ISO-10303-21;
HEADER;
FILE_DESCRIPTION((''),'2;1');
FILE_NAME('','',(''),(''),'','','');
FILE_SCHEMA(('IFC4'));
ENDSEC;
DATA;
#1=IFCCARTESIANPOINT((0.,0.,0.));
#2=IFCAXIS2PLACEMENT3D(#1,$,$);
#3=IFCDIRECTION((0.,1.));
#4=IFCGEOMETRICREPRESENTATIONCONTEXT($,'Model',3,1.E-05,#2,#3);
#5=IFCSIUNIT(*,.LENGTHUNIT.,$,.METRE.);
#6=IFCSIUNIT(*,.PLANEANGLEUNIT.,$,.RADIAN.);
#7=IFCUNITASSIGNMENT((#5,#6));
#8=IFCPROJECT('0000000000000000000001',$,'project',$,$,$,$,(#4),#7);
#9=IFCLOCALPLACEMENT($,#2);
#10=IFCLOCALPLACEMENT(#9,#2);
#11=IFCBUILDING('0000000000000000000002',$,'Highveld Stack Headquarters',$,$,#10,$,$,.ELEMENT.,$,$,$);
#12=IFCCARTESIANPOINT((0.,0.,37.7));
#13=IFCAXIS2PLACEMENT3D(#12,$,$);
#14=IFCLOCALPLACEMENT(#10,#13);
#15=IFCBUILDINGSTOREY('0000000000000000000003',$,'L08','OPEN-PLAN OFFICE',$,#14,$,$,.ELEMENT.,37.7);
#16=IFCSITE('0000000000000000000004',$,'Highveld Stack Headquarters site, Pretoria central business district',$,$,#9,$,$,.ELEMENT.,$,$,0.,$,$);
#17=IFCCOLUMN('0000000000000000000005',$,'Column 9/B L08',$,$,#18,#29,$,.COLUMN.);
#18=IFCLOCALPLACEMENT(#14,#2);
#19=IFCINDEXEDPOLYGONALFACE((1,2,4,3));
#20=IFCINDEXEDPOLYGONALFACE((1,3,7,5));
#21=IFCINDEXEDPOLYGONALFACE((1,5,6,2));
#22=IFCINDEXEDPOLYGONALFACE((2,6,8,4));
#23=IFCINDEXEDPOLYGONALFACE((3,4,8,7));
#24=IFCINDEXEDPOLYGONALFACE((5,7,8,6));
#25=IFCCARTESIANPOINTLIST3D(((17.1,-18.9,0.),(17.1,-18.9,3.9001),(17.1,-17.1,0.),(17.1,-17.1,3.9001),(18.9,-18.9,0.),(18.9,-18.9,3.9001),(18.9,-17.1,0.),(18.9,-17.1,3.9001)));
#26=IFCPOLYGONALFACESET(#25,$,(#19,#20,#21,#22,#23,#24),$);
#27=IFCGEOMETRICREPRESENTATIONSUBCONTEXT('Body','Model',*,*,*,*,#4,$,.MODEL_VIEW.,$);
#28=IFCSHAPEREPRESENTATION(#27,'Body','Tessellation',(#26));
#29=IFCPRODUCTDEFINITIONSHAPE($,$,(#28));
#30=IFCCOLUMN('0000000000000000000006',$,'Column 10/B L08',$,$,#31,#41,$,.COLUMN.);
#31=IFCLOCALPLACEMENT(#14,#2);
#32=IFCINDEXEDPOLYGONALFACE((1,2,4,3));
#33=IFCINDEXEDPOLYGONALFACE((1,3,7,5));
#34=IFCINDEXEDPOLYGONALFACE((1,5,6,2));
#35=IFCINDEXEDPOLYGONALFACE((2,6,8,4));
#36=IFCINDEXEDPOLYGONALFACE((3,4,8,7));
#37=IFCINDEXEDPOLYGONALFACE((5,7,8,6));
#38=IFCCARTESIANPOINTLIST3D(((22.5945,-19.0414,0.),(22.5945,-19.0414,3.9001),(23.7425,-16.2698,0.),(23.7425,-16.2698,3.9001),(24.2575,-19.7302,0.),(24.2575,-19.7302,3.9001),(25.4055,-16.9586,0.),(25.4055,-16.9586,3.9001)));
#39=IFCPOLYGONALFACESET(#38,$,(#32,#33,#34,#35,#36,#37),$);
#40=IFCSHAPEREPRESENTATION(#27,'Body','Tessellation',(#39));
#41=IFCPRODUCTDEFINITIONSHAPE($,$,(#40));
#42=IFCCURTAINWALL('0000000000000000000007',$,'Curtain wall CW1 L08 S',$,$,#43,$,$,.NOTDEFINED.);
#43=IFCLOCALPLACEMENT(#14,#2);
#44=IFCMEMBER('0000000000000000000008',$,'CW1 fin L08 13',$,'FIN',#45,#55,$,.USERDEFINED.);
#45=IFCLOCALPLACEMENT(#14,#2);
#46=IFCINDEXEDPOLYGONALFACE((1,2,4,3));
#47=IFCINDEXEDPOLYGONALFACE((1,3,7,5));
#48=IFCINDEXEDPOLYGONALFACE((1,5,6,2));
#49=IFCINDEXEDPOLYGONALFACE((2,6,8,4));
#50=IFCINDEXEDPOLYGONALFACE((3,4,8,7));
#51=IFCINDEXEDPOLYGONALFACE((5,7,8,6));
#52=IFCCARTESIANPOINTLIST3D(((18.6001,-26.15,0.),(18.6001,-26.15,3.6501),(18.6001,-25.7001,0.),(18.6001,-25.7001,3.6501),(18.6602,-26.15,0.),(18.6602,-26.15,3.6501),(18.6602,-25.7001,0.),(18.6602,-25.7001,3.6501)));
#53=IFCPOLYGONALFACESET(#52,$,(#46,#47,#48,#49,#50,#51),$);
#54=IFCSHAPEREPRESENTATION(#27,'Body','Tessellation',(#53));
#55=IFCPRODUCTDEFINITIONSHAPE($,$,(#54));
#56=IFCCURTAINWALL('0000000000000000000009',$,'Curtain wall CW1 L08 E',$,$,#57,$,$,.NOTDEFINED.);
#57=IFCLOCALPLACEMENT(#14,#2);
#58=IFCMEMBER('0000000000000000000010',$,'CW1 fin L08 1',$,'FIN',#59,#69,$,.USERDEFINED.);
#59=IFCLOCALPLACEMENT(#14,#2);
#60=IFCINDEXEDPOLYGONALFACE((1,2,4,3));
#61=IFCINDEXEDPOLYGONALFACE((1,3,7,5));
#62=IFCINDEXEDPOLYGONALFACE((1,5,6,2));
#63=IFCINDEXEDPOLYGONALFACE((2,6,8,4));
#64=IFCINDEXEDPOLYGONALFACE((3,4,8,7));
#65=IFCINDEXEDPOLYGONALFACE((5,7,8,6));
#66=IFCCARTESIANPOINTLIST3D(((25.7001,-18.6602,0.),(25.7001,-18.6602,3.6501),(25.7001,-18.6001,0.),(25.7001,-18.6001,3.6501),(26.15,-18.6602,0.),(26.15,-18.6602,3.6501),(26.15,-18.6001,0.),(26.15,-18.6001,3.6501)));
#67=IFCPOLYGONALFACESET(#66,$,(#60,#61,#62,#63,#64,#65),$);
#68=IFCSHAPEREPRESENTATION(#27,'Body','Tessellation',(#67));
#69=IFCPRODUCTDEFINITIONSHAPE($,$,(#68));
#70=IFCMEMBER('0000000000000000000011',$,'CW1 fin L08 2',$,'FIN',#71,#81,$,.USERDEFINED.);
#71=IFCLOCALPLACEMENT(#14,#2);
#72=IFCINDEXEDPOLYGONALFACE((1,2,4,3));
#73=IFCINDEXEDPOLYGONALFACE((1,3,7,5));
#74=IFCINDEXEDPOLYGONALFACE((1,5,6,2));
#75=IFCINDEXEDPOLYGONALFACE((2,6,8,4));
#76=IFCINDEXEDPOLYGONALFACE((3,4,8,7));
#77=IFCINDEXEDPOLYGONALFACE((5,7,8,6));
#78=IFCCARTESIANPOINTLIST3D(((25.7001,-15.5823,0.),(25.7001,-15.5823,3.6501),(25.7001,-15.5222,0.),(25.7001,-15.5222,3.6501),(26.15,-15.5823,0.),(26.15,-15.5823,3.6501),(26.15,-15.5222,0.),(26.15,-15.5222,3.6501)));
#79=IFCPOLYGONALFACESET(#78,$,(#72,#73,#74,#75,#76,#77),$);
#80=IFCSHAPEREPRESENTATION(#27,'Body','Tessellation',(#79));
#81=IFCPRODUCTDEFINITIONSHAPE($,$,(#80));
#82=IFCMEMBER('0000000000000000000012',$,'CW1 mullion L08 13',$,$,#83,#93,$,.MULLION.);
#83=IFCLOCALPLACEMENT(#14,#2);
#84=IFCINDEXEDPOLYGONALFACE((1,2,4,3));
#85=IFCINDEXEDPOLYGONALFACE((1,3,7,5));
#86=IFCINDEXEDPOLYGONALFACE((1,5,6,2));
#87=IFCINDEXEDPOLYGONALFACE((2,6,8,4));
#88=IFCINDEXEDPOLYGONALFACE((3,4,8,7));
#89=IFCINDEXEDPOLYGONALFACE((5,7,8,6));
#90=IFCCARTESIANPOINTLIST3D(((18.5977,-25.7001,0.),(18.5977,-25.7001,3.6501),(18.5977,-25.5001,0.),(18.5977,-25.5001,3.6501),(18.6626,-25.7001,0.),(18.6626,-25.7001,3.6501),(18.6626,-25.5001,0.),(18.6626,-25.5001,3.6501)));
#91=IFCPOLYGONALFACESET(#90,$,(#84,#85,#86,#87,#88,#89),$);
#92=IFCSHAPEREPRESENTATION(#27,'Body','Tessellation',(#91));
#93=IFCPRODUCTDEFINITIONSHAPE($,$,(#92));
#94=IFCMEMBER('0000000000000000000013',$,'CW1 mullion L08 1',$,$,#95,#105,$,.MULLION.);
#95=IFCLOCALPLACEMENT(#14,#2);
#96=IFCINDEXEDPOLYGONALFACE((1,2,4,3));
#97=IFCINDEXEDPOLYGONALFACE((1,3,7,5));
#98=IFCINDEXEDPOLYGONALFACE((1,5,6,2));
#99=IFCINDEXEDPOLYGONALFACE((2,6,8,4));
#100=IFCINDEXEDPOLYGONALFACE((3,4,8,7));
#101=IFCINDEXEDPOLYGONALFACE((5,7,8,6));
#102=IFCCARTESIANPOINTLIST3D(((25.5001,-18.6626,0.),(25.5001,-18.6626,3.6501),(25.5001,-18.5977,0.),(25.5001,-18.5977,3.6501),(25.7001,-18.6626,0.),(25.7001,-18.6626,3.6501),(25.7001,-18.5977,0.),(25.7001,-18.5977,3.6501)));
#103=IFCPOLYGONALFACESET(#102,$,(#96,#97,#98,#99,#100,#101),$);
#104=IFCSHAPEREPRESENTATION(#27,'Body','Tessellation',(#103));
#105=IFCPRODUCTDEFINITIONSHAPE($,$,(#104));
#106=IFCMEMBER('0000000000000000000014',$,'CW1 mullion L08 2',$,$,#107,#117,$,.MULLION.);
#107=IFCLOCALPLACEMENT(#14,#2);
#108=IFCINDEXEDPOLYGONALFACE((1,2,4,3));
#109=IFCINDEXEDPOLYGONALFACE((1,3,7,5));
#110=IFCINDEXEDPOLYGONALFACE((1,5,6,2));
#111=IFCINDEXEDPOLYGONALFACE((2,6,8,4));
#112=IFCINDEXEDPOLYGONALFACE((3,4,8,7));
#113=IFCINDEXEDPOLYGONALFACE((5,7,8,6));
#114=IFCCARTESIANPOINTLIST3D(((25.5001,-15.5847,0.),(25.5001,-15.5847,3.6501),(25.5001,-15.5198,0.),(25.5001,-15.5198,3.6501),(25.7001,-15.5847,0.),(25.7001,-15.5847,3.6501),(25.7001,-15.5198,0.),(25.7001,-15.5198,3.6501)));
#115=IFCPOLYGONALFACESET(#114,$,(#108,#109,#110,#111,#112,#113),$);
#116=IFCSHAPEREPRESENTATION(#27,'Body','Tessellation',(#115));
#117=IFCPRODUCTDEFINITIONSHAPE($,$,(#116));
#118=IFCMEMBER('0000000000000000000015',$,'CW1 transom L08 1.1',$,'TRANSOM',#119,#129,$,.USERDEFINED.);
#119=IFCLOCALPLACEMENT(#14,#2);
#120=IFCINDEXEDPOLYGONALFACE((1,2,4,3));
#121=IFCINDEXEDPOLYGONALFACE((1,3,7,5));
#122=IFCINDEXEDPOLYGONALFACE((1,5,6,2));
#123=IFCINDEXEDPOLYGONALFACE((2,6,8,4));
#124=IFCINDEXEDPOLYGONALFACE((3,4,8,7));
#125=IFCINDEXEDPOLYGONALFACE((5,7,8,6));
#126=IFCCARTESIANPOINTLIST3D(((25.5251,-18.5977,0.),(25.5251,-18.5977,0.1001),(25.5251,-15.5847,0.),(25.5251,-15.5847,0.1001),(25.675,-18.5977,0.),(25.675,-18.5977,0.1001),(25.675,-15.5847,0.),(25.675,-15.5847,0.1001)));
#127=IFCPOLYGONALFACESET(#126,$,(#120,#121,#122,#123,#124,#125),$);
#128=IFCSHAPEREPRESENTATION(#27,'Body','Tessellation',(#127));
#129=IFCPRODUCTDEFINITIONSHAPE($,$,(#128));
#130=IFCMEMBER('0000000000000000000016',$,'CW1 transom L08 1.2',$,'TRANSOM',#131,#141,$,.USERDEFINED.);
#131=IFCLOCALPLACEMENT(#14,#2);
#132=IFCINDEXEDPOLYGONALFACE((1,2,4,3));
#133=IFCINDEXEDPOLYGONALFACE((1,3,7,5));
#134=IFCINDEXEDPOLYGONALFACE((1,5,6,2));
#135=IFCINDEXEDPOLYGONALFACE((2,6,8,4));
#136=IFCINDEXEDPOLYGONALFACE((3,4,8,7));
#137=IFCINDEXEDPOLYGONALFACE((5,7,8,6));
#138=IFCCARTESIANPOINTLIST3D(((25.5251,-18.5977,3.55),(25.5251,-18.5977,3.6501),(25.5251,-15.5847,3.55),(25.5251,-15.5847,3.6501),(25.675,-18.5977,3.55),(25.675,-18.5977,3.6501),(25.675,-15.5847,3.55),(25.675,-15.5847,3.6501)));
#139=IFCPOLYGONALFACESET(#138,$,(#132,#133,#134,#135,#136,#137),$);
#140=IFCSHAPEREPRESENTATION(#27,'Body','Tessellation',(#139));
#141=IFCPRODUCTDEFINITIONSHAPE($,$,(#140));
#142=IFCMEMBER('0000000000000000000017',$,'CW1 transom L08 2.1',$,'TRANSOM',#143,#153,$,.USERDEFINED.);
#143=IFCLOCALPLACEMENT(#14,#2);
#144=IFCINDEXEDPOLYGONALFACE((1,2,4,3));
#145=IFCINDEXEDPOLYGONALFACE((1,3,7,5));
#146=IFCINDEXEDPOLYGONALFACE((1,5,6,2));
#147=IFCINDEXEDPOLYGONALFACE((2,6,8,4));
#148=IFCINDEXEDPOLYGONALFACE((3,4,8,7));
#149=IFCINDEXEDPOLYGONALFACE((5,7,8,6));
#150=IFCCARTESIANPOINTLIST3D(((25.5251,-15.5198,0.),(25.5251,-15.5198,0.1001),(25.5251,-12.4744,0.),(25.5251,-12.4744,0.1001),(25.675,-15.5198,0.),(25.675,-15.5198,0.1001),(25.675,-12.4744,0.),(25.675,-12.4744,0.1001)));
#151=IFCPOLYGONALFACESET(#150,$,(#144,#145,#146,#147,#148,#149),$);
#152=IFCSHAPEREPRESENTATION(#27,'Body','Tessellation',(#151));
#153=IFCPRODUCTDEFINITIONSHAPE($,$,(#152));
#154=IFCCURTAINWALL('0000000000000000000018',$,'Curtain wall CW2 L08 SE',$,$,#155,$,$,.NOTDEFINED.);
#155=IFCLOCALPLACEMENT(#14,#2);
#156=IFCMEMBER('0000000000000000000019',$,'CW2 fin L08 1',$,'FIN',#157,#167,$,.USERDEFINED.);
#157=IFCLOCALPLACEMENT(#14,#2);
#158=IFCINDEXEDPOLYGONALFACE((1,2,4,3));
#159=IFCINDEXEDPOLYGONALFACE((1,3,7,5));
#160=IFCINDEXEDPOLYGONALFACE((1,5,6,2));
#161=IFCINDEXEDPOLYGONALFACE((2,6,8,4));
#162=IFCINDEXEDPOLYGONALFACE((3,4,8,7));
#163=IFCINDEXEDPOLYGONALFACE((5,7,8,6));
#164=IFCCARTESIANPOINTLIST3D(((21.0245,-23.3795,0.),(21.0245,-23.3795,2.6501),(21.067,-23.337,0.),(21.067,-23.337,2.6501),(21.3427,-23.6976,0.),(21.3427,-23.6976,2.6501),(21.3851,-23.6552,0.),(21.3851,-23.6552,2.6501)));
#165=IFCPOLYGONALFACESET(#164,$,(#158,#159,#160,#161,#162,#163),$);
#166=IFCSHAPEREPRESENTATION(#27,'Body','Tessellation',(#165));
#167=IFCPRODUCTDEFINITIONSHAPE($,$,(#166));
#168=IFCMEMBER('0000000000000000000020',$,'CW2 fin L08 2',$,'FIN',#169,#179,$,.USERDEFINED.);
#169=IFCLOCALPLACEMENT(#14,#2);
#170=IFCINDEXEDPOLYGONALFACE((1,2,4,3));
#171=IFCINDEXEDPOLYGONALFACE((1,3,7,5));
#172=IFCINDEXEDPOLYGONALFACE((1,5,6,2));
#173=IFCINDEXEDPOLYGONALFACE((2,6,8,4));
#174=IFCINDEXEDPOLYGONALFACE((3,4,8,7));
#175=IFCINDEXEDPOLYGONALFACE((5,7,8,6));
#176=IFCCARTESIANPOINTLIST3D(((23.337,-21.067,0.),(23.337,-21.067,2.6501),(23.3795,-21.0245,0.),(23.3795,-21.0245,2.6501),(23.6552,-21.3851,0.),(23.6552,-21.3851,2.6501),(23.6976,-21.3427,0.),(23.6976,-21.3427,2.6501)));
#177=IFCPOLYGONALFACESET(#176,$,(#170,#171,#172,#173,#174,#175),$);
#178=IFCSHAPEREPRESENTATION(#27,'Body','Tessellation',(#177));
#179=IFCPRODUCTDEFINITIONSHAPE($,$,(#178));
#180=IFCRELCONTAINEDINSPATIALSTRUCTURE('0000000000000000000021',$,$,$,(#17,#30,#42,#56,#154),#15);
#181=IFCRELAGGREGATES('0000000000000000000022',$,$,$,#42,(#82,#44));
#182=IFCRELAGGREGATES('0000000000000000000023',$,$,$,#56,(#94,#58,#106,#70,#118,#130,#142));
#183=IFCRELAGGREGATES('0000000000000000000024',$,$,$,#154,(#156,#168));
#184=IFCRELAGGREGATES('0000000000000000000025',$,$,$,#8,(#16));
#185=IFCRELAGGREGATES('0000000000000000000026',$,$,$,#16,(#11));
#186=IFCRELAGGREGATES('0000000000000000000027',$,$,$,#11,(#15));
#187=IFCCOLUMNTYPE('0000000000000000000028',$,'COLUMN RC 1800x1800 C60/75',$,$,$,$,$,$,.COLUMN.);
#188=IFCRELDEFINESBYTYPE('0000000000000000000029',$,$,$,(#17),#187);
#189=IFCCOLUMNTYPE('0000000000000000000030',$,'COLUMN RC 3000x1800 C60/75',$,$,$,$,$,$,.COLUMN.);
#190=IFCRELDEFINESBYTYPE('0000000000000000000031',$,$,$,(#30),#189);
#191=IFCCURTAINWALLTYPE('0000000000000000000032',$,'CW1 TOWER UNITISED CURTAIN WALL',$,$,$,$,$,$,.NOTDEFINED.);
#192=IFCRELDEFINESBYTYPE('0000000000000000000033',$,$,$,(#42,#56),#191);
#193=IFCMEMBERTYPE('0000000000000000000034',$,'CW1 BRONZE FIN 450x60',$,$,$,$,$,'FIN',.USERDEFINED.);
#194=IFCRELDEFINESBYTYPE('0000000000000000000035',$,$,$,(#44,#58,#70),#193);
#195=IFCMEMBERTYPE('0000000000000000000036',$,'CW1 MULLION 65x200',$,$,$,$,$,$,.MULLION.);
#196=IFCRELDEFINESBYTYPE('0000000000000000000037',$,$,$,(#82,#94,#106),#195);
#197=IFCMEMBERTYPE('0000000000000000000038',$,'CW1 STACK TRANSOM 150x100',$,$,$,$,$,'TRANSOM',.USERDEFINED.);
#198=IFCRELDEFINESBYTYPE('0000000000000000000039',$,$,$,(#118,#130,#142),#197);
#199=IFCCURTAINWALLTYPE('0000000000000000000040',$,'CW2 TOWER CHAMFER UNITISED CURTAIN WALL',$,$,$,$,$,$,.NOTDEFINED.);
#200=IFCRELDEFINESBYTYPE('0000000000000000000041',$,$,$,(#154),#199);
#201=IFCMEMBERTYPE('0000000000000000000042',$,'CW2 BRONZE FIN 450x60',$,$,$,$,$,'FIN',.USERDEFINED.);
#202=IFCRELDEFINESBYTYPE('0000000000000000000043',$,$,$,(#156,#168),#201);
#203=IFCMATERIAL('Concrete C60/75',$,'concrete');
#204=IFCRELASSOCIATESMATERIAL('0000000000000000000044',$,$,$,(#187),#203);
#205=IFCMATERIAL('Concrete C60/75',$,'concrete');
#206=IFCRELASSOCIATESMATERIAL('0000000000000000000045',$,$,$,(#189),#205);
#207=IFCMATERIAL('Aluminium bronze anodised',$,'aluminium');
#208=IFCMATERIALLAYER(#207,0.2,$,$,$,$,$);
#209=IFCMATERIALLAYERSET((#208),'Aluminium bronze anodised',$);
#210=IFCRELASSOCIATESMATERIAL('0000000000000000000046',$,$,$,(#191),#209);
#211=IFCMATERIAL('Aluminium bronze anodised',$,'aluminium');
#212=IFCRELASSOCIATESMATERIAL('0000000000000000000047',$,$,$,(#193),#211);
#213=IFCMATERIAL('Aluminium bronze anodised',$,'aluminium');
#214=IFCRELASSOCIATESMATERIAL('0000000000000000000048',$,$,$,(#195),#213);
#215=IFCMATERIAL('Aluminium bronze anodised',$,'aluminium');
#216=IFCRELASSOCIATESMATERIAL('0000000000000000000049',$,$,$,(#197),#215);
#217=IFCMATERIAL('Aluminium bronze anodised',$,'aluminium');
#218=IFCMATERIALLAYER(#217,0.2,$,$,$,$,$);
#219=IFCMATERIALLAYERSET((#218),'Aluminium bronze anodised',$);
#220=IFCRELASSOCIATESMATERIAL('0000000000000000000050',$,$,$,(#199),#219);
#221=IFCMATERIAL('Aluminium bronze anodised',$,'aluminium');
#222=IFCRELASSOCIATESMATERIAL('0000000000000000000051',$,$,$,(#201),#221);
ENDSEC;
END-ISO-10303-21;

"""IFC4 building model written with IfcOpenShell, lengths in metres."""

from ifc_helpers import new_model, si_unit, direction, frame, origin, origin_2d, place, context, subcontext, project, spatial, rectangle, extrude, material, layer, layer_set, material_profile, profile_set, type_object, element, aggregate, save


model = new_model("IFC4")

# Units and contexts
model_context = context("Model", 3, precision=1e-05, world=origin(), true_north=direction((0.0, 1.0)))
body_context = subcontext(model_context, "Body", "Model", "MODEL_VIEW")
ifc_project = project(units=[si_unit("LENGTHUNIT", "METRE"), si_unit("PLANEANGLEUNIT", "RADIAN")], contexts=[model_context])

# Site, building, storey
site_placement = place(None, origin())
site = spatial("IfcSite", under=ifc_project, at=site_placement, Name="Highveld Stack Headquarters site, Pretoria central business district", CompositionType="ELEMENT", RefElevation=0.0)
building_placement = place(site_placement, origin())
building = spatial("IfcBuilding", under=site, at=building_placement, Name="Highveld Stack Headquarters", CompositionType="ELEMENT")
storey_placement = place(building_placement, frame((0.0, 0.0, 37.7)))
storey = spatial("IfcBuildingStorey", under=building, at=storey_placement, Name="L08", Description="OPEN-PLAN OFFICE", CompositionType="ELEMENT", Elevation=37.7)

# Columns
ifc_material_1 = material(Name="Concrete C60/75", Category="concrete")
ifc_material_profile_1 = material_profile(ifc_material_1, rectangle(XDim=1.8, YDim=1.8, at=origin_2d()), Name="RC 1800x1800")
ifc_profile_set_1 = profile_set([ifc_material_profile_1], Name="Concrete C60/75")
column_type_1 = type_object("IfcColumnType", Name="COLUMN RC 1800x1800 C60/75", PredefinedType="COLUMN", material=ifc_profile_set_1)
column_1_placement = place(storey_placement, frame((18.0, -18.0, 0.0), z_axis=(0.0, 0.0, 1.0), x_axis=(1.0, 0.0, 0.0)))
element("IfcColumn", 1, at=column_1_placement, inside=storey, type_object=column_type_1, Name="Column 9/B L08", PredefinedType="COLUMN", context=body_context, shape_type="SweptSolid", body=[
    extrude(rectangle(XDim=1.8, YDim=1.8, at=origin_2d()), origin(), (0.0, 0.0, 1.0), 3.9001),
])
ifc_material_2 = material(Name="Concrete C60/75", Category="concrete")
ifc_material_profile_2 = material_profile(ifc_material_2, rectangle(XDim=3.0, YDim=1.8, at=origin_2d()), Name="RC 3000x1800")
ifc_profile_set_2 = profile_set([ifc_material_profile_2], Name="Concrete C60/75")
column_type_2 = type_object("IfcColumnType", Name="COLUMN RC 3000x1800 C60/75", PredefinedType="COLUMN", material=ifc_profile_set_2)
column_2_placement = place(storey_placement, frame((24.0, -18.0, 0.0), z_axis=(0.0, 0.0, 1.0), x_axis=(-0.382683, -0.92388, 0.0)))
element("IfcColumn", 2, at=column_2_placement, inside=storey, type_object=column_type_2, Name="Column 10/B L08", PredefinedType="COLUMN", context=body_context, shape_type="SweptSolid", body=[
    extrude(rectangle(XDim=3.0, YDim=1.8, at=origin_2d()), origin(), (0.0, 0.0, 1.0), 3.9001),
])

# Curtain wall, member
ifc_material_3 = material(Name="Aluminium bronze anodised", Category="aluminium")
ifc_layer_1 = layer(ifc_material_3, 0.2)
ifc_layer_set_1 = layer_set([ifc_layer_1], Name="Aluminium bronze anodised")
curtain_wall_type_1 = type_object("IfcCurtainWallType", Name="CW1 TOWER UNITISED CURTAIN WALL", PredefinedType="NOTDEFINED", material=ifc_layer_set_1)
curtain_wall_1_placement = place(storey_placement, origin())
curtain_wall_1 = element("IfcCurtainWall", 3, at=curtain_wall_1_placement, inside=storey, type_object=curtain_wall_type_1, Name="Curtain wall CW1 L08 S", PredefinedType="NOTDEFINED")
ifc_material_4 = material(Name="Aluminium bronze anodised", Category="aluminium")
ifc_material_profile_3 = material_profile(ifc_material_4, rectangle(XDim=0.45, YDim=0.0601, at=origin_2d()), Name="FIN 450x60")
ifc_profile_set_3 = profile_set([ifc_material_profile_3], Name="Aluminium bronze anodised")
member_type_1 = type_object("IfcMemberType", Name="CW1 BRONZE FIN 450x60", ElementType="FIN", PredefinedType="USERDEFINED", material=ifc_profile_set_3)
member_1_placement = place(storey_placement, frame((18.6301, -25.925, 0.0), z_axis=(0.0, 0.0, 1.0), x_axis=(0.0, 1.0, 0.0)))
member_1 = element("IfcMember", 4, at=member_1_placement, type_object=member_type_1, Name="CW1 fin L08 13", ObjectType="FIN", PredefinedType="USERDEFINED", context=body_context, shape_type="SweptSolid", body=[
    extrude(rectangle(XDim=0.45, YDim=0.0601, at=origin_2d()), origin(), (0.0, 0.0, 1.0), 3.6501),
])

# Curtain wall, members
curtain_wall_2_placement = place(storey_placement, origin())
curtain_wall_2 = element("IfcCurtainWall", 5, at=curtain_wall_2_placement, inside=storey, type_object=curtain_wall_type_1, Name="Curtain wall CW1 L08 E", PredefinedType="NOTDEFINED")
member_2_placement = place(storey_placement, frame((25.925, -18.6301, 0.0), z_axis=(0.0, 0.0, 1.0), x_axis=(-1.0, 0.0, 0.0)))
member_2 = element("IfcMember", 6, at=member_2_placement, type_object=member_type_1, Name="CW1 fin L08 1", ObjectType="FIN", PredefinedType="USERDEFINED", context=body_context, shape_type="SweptSolid", body=[
    extrude(rectangle(XDim=0.45, YDim=0.0601, at=origin_2d()), origin(), (0.0, 0.0, 1.0), 3.6501),
])
member_3_placement = place(storey_placement, frame((25.925, -15.5522, 0.0), z_axis=(0.0, 0.0, 1.0), x_axis=(-1.0, 0.0, 0.0)))
member_3 = element("IfcMember", 7, at=member_3_placement, type_object=member_type_1, Name="CW1 fin L08 2", ObjectType="FIN", PredefinedType="USERDEFINED", context=body_context, shape_type="SweptSolid", body=[
    extrude(rectangle(XDim=0.45, YDim=0.0601, at=origin_2d()), origin(), (0.0, 0.0, 1.0), 3.6501),
])

# Members
ifc_material_5 = material(Name="Aluminium bronze anodised", Category="aluminium")
ifc_material_profile_4 = material_profile(ifc_material_5, rectangle(XDim=0.2, YDim=0.0649, at=origin_2d()), Name="CW1 MULLION 65x200")
ifc_profile_set_4 = profile_set([ifc_material_profile_4], Name="Aluminium bronze anodised")
member_type_2 = type_object("IfcMemberType", Name="CW1 MULLION 65x200", PredefinedType="MULLION", material=ifc_profile_set_4)
member_4_placement = place(storey_placement, frame((18.6301, -25.6001, 0.0), z_axis=(0.0, 0.0, 1.0), x_axis=(0.0, 1.0, 0.0)))
member_4 = element("IfcMember", 8, at=member_4_placement, type_object=member_type_2, Name="CW1 mullion L08 13", PredefinedType="MULLION", context=body_context, shape_type="SweptSolid", body=[
    extrude(rectangle(XDim=0.2, YDim=0.0649, at=origin_2d()), origin(), (0.0, 0.0, 1.0), 3.6501),
])
aggregate(curtain_wall_1, [member_4, member_1])
member_5_placement = place(storey_placement, frame((25.6001, -18.6301, 0.0), z_axis=(0.0, 0.0, 1.0), x_axis=(-1.0, 0.0, 0.0)))
member_5 = element("IfcMember", 9, at=member_5_placement, type_object=member_type_2, Name="CW1 mullion L08 1", PredefinedType="MULLION", context=body_context, shape_type="SweptSolid", body=[
    extrude(rectangle(XDim=0.2, YDim=0.0649, at=origin_2d()), origin(), (0.0, 0.0, 1.0), 3.6501),
])
member_6_placement = place(storey_placement, frame((25.6001, -15.5522, 0.0), z_axis=(0.0, 0.0, 1.0), x_axis=(-1.0, 0.0, 0.0)))
member_6 = element("IfcMember", 10, at=member_6_placement, type_object=member_type_2, Name="CW1 mullion L08 2", PredefinedType="MULLION", context=body_context, shape_type="SweptSolid", body=[
    extrude(rectangle(XDim=0.2, YDim=0.0649, at=origin_2d()), origin(), (0.0, 0.0, 1.0), 3.6501),
])
ifc_material_6 = material(Name="Aluminium bronze anodised", Category="aluminium")
ifc_material_profile_5 = material_profile(ifc_material_6, rectangle(XDim=0.1499, YDim=0.1001, at=origin_2d()), Name="CW1 TRANSOM 150x100")
ifc_profile_set_5 = profile_set([ifc_material_profile_5], Name="Aluminium bronze anodised")
member_type_3 = type_object("IfcMemberType", Name="CW1 STACK TRANSOM 150x100", ElementType="TRANSOM", PredefinedType="USERDEFINED", material=ifc_profile_set_5)
member_7_placement = place(storey_placement, frame((25.6001, -18.5977, 0.05), z_axis=(0.0, 1.0, 0.0), x_axis=(-1.0, 0.0, 0.0)))
member_7 = element("IfcMember", 11, at=member_7_placement, type_object=member_type_3, Name="CW1 transom L08 1.1", ObjectType="TRANSOM", PredefinedType="USERDEFINED", context=body_context, shape_type="SweptSolid", body=[
    extrude(rectangle(XDim=0.1499, YDim=0.1001, at=origin_2d()), origin(), (0.0, 0.0, 1.0), 3.0129),
])
member_8_placement = place(storey_placement, frame((25.6001, -18.5977, 3.6001), z_axis=(0.0, 1.0, 0.0), x_axis=(-1.0, 0.0, 0.0)))
member_8 = element("IfcMember", 12, at=member_8_placement, type_object=member_type_3, Name="CW1 transom L08 1.2", ObjectType="TRANSOM", PredefinedType="USERDEFINED", context=body_context, shape_type="SweptSolid", body=[
    extrude(rectangle(XDim=0.1499, YDim=0.1001, at=origin_2d()), origin(), (0.0, 0.0, 1.0), 3.0129),
])
member_9_placement = place(storey_placement, frame((25.6001, -15.5198, 0.05), z_axis=(0.0, 1.0, 0.0), x_axis=(-1.0, 0.0, 0.0)))
member_9 = element("IfcMember", 13, at=member_9_placement, type_object=member_type_3, Name="CW1 transom L08 2.1", ObjectType="TRANSOM", PredefinedType="USERDEFINED", context=body_context, shape_type="SweptSolid", body=[
    extrude(rectangle(XDim=0.1499, YDim=0.1001, at=origin_2d()), origin(), (0.0, 0.0, 1.0), 3.0454),
])

# Curtain wall, members
ifc_material_7 = material(Name="Aluminium bronze anodised", Category="aluminium")
ifc_layer_2 = layer(ifc_material_7, 0.2)
ifc_layer_set_2 = layer_set([ifc_layer_2], Name="Aluminium bronze anodised")
curtain_wall_type_2 = type_object("IfcCurtainWallType", Name="CW2 TOWER CHAMFER UNITISED CURTAIN WALL", PredefinedType="NOTDEFINED", material=ifc_layer_set_2)
curtain_wall_3_placement = place(storey_placement, origin())
curtain_wall_3 = element("IfcCurtainWall", 14, at=curtain_wall_3_placement, inside=storey, type_object=curtain_wall_type_2, Name="Curtain wall CW2 L08 SE", PredefinedType="NOTDEFINED")
ifc_material_8 = material(Name="Aluminium bronze anodised", Category="aluminium")
ifc_material_profile_6 = material_profile(ifc_material_8, rectangle(XDim=0.45, YDim=0.0601, at=origin_2d()), Name="FIN 450x60")
ifc_profile_set_6 = profile_set([ifc_material_profile_6], Name="Aluminium bronze anodised")
member_type_4 = type_object("IfcMemberType", Name="CW2 BRONZE FIN 450x60", ElementType="FIN", PredefinedType="USERDEFINED", material=ifc_profile_set_6)
member_10_placement = place(storey_placement, frame((21.2048, -23.5173, 0.0), z_axis=(0.0, 0.0, 1.0), x_axis=(-0.707107, 0.707107, 0.0)))
member_10 = element("IfcMember", 15, at=member_10_placement, type_object=member_type_4, Name="CW2 fin L08 1", ObjectType="FIN", PredefinedType="USERDEFINED", context=body_context, shape_type="SweptSolid", body=[
    extrude(rectangle(XDim=0.45, YDim=0.0601, at=origin_2d()), origin(), (0.0, 0.0, 1.0), 2.6501),
])
member_11_placement = place(storey_placement, frame((23.5173, -21.2048, 0.0), z_axis=(0.0, 0.0, 1.0), x_axis=(-0.707107, 0.707107, 0.0)))
member_11 = element("IfcMember", 16, at=member_11_placement, type_object=member_type_4, Name="CW2 fin L08 2", ObjectType="FIN", PredefinedType="USERDEFINED", context=body_context, shape_type="SweptSolid", body=[
    extrude(rectangle(XDim=0.45, YDim=0.0601, at=origin_2d()), origin(), (0.0, 0.0, 1.0), 2.6501),
])

aggregate(curtain_wall_2, [member_5, member_2, member_6, member_3, member_7, member_8, member_9])
aggregate(curtain_wall_3, [member_10, member_11])

save(model, "model.ifc")
